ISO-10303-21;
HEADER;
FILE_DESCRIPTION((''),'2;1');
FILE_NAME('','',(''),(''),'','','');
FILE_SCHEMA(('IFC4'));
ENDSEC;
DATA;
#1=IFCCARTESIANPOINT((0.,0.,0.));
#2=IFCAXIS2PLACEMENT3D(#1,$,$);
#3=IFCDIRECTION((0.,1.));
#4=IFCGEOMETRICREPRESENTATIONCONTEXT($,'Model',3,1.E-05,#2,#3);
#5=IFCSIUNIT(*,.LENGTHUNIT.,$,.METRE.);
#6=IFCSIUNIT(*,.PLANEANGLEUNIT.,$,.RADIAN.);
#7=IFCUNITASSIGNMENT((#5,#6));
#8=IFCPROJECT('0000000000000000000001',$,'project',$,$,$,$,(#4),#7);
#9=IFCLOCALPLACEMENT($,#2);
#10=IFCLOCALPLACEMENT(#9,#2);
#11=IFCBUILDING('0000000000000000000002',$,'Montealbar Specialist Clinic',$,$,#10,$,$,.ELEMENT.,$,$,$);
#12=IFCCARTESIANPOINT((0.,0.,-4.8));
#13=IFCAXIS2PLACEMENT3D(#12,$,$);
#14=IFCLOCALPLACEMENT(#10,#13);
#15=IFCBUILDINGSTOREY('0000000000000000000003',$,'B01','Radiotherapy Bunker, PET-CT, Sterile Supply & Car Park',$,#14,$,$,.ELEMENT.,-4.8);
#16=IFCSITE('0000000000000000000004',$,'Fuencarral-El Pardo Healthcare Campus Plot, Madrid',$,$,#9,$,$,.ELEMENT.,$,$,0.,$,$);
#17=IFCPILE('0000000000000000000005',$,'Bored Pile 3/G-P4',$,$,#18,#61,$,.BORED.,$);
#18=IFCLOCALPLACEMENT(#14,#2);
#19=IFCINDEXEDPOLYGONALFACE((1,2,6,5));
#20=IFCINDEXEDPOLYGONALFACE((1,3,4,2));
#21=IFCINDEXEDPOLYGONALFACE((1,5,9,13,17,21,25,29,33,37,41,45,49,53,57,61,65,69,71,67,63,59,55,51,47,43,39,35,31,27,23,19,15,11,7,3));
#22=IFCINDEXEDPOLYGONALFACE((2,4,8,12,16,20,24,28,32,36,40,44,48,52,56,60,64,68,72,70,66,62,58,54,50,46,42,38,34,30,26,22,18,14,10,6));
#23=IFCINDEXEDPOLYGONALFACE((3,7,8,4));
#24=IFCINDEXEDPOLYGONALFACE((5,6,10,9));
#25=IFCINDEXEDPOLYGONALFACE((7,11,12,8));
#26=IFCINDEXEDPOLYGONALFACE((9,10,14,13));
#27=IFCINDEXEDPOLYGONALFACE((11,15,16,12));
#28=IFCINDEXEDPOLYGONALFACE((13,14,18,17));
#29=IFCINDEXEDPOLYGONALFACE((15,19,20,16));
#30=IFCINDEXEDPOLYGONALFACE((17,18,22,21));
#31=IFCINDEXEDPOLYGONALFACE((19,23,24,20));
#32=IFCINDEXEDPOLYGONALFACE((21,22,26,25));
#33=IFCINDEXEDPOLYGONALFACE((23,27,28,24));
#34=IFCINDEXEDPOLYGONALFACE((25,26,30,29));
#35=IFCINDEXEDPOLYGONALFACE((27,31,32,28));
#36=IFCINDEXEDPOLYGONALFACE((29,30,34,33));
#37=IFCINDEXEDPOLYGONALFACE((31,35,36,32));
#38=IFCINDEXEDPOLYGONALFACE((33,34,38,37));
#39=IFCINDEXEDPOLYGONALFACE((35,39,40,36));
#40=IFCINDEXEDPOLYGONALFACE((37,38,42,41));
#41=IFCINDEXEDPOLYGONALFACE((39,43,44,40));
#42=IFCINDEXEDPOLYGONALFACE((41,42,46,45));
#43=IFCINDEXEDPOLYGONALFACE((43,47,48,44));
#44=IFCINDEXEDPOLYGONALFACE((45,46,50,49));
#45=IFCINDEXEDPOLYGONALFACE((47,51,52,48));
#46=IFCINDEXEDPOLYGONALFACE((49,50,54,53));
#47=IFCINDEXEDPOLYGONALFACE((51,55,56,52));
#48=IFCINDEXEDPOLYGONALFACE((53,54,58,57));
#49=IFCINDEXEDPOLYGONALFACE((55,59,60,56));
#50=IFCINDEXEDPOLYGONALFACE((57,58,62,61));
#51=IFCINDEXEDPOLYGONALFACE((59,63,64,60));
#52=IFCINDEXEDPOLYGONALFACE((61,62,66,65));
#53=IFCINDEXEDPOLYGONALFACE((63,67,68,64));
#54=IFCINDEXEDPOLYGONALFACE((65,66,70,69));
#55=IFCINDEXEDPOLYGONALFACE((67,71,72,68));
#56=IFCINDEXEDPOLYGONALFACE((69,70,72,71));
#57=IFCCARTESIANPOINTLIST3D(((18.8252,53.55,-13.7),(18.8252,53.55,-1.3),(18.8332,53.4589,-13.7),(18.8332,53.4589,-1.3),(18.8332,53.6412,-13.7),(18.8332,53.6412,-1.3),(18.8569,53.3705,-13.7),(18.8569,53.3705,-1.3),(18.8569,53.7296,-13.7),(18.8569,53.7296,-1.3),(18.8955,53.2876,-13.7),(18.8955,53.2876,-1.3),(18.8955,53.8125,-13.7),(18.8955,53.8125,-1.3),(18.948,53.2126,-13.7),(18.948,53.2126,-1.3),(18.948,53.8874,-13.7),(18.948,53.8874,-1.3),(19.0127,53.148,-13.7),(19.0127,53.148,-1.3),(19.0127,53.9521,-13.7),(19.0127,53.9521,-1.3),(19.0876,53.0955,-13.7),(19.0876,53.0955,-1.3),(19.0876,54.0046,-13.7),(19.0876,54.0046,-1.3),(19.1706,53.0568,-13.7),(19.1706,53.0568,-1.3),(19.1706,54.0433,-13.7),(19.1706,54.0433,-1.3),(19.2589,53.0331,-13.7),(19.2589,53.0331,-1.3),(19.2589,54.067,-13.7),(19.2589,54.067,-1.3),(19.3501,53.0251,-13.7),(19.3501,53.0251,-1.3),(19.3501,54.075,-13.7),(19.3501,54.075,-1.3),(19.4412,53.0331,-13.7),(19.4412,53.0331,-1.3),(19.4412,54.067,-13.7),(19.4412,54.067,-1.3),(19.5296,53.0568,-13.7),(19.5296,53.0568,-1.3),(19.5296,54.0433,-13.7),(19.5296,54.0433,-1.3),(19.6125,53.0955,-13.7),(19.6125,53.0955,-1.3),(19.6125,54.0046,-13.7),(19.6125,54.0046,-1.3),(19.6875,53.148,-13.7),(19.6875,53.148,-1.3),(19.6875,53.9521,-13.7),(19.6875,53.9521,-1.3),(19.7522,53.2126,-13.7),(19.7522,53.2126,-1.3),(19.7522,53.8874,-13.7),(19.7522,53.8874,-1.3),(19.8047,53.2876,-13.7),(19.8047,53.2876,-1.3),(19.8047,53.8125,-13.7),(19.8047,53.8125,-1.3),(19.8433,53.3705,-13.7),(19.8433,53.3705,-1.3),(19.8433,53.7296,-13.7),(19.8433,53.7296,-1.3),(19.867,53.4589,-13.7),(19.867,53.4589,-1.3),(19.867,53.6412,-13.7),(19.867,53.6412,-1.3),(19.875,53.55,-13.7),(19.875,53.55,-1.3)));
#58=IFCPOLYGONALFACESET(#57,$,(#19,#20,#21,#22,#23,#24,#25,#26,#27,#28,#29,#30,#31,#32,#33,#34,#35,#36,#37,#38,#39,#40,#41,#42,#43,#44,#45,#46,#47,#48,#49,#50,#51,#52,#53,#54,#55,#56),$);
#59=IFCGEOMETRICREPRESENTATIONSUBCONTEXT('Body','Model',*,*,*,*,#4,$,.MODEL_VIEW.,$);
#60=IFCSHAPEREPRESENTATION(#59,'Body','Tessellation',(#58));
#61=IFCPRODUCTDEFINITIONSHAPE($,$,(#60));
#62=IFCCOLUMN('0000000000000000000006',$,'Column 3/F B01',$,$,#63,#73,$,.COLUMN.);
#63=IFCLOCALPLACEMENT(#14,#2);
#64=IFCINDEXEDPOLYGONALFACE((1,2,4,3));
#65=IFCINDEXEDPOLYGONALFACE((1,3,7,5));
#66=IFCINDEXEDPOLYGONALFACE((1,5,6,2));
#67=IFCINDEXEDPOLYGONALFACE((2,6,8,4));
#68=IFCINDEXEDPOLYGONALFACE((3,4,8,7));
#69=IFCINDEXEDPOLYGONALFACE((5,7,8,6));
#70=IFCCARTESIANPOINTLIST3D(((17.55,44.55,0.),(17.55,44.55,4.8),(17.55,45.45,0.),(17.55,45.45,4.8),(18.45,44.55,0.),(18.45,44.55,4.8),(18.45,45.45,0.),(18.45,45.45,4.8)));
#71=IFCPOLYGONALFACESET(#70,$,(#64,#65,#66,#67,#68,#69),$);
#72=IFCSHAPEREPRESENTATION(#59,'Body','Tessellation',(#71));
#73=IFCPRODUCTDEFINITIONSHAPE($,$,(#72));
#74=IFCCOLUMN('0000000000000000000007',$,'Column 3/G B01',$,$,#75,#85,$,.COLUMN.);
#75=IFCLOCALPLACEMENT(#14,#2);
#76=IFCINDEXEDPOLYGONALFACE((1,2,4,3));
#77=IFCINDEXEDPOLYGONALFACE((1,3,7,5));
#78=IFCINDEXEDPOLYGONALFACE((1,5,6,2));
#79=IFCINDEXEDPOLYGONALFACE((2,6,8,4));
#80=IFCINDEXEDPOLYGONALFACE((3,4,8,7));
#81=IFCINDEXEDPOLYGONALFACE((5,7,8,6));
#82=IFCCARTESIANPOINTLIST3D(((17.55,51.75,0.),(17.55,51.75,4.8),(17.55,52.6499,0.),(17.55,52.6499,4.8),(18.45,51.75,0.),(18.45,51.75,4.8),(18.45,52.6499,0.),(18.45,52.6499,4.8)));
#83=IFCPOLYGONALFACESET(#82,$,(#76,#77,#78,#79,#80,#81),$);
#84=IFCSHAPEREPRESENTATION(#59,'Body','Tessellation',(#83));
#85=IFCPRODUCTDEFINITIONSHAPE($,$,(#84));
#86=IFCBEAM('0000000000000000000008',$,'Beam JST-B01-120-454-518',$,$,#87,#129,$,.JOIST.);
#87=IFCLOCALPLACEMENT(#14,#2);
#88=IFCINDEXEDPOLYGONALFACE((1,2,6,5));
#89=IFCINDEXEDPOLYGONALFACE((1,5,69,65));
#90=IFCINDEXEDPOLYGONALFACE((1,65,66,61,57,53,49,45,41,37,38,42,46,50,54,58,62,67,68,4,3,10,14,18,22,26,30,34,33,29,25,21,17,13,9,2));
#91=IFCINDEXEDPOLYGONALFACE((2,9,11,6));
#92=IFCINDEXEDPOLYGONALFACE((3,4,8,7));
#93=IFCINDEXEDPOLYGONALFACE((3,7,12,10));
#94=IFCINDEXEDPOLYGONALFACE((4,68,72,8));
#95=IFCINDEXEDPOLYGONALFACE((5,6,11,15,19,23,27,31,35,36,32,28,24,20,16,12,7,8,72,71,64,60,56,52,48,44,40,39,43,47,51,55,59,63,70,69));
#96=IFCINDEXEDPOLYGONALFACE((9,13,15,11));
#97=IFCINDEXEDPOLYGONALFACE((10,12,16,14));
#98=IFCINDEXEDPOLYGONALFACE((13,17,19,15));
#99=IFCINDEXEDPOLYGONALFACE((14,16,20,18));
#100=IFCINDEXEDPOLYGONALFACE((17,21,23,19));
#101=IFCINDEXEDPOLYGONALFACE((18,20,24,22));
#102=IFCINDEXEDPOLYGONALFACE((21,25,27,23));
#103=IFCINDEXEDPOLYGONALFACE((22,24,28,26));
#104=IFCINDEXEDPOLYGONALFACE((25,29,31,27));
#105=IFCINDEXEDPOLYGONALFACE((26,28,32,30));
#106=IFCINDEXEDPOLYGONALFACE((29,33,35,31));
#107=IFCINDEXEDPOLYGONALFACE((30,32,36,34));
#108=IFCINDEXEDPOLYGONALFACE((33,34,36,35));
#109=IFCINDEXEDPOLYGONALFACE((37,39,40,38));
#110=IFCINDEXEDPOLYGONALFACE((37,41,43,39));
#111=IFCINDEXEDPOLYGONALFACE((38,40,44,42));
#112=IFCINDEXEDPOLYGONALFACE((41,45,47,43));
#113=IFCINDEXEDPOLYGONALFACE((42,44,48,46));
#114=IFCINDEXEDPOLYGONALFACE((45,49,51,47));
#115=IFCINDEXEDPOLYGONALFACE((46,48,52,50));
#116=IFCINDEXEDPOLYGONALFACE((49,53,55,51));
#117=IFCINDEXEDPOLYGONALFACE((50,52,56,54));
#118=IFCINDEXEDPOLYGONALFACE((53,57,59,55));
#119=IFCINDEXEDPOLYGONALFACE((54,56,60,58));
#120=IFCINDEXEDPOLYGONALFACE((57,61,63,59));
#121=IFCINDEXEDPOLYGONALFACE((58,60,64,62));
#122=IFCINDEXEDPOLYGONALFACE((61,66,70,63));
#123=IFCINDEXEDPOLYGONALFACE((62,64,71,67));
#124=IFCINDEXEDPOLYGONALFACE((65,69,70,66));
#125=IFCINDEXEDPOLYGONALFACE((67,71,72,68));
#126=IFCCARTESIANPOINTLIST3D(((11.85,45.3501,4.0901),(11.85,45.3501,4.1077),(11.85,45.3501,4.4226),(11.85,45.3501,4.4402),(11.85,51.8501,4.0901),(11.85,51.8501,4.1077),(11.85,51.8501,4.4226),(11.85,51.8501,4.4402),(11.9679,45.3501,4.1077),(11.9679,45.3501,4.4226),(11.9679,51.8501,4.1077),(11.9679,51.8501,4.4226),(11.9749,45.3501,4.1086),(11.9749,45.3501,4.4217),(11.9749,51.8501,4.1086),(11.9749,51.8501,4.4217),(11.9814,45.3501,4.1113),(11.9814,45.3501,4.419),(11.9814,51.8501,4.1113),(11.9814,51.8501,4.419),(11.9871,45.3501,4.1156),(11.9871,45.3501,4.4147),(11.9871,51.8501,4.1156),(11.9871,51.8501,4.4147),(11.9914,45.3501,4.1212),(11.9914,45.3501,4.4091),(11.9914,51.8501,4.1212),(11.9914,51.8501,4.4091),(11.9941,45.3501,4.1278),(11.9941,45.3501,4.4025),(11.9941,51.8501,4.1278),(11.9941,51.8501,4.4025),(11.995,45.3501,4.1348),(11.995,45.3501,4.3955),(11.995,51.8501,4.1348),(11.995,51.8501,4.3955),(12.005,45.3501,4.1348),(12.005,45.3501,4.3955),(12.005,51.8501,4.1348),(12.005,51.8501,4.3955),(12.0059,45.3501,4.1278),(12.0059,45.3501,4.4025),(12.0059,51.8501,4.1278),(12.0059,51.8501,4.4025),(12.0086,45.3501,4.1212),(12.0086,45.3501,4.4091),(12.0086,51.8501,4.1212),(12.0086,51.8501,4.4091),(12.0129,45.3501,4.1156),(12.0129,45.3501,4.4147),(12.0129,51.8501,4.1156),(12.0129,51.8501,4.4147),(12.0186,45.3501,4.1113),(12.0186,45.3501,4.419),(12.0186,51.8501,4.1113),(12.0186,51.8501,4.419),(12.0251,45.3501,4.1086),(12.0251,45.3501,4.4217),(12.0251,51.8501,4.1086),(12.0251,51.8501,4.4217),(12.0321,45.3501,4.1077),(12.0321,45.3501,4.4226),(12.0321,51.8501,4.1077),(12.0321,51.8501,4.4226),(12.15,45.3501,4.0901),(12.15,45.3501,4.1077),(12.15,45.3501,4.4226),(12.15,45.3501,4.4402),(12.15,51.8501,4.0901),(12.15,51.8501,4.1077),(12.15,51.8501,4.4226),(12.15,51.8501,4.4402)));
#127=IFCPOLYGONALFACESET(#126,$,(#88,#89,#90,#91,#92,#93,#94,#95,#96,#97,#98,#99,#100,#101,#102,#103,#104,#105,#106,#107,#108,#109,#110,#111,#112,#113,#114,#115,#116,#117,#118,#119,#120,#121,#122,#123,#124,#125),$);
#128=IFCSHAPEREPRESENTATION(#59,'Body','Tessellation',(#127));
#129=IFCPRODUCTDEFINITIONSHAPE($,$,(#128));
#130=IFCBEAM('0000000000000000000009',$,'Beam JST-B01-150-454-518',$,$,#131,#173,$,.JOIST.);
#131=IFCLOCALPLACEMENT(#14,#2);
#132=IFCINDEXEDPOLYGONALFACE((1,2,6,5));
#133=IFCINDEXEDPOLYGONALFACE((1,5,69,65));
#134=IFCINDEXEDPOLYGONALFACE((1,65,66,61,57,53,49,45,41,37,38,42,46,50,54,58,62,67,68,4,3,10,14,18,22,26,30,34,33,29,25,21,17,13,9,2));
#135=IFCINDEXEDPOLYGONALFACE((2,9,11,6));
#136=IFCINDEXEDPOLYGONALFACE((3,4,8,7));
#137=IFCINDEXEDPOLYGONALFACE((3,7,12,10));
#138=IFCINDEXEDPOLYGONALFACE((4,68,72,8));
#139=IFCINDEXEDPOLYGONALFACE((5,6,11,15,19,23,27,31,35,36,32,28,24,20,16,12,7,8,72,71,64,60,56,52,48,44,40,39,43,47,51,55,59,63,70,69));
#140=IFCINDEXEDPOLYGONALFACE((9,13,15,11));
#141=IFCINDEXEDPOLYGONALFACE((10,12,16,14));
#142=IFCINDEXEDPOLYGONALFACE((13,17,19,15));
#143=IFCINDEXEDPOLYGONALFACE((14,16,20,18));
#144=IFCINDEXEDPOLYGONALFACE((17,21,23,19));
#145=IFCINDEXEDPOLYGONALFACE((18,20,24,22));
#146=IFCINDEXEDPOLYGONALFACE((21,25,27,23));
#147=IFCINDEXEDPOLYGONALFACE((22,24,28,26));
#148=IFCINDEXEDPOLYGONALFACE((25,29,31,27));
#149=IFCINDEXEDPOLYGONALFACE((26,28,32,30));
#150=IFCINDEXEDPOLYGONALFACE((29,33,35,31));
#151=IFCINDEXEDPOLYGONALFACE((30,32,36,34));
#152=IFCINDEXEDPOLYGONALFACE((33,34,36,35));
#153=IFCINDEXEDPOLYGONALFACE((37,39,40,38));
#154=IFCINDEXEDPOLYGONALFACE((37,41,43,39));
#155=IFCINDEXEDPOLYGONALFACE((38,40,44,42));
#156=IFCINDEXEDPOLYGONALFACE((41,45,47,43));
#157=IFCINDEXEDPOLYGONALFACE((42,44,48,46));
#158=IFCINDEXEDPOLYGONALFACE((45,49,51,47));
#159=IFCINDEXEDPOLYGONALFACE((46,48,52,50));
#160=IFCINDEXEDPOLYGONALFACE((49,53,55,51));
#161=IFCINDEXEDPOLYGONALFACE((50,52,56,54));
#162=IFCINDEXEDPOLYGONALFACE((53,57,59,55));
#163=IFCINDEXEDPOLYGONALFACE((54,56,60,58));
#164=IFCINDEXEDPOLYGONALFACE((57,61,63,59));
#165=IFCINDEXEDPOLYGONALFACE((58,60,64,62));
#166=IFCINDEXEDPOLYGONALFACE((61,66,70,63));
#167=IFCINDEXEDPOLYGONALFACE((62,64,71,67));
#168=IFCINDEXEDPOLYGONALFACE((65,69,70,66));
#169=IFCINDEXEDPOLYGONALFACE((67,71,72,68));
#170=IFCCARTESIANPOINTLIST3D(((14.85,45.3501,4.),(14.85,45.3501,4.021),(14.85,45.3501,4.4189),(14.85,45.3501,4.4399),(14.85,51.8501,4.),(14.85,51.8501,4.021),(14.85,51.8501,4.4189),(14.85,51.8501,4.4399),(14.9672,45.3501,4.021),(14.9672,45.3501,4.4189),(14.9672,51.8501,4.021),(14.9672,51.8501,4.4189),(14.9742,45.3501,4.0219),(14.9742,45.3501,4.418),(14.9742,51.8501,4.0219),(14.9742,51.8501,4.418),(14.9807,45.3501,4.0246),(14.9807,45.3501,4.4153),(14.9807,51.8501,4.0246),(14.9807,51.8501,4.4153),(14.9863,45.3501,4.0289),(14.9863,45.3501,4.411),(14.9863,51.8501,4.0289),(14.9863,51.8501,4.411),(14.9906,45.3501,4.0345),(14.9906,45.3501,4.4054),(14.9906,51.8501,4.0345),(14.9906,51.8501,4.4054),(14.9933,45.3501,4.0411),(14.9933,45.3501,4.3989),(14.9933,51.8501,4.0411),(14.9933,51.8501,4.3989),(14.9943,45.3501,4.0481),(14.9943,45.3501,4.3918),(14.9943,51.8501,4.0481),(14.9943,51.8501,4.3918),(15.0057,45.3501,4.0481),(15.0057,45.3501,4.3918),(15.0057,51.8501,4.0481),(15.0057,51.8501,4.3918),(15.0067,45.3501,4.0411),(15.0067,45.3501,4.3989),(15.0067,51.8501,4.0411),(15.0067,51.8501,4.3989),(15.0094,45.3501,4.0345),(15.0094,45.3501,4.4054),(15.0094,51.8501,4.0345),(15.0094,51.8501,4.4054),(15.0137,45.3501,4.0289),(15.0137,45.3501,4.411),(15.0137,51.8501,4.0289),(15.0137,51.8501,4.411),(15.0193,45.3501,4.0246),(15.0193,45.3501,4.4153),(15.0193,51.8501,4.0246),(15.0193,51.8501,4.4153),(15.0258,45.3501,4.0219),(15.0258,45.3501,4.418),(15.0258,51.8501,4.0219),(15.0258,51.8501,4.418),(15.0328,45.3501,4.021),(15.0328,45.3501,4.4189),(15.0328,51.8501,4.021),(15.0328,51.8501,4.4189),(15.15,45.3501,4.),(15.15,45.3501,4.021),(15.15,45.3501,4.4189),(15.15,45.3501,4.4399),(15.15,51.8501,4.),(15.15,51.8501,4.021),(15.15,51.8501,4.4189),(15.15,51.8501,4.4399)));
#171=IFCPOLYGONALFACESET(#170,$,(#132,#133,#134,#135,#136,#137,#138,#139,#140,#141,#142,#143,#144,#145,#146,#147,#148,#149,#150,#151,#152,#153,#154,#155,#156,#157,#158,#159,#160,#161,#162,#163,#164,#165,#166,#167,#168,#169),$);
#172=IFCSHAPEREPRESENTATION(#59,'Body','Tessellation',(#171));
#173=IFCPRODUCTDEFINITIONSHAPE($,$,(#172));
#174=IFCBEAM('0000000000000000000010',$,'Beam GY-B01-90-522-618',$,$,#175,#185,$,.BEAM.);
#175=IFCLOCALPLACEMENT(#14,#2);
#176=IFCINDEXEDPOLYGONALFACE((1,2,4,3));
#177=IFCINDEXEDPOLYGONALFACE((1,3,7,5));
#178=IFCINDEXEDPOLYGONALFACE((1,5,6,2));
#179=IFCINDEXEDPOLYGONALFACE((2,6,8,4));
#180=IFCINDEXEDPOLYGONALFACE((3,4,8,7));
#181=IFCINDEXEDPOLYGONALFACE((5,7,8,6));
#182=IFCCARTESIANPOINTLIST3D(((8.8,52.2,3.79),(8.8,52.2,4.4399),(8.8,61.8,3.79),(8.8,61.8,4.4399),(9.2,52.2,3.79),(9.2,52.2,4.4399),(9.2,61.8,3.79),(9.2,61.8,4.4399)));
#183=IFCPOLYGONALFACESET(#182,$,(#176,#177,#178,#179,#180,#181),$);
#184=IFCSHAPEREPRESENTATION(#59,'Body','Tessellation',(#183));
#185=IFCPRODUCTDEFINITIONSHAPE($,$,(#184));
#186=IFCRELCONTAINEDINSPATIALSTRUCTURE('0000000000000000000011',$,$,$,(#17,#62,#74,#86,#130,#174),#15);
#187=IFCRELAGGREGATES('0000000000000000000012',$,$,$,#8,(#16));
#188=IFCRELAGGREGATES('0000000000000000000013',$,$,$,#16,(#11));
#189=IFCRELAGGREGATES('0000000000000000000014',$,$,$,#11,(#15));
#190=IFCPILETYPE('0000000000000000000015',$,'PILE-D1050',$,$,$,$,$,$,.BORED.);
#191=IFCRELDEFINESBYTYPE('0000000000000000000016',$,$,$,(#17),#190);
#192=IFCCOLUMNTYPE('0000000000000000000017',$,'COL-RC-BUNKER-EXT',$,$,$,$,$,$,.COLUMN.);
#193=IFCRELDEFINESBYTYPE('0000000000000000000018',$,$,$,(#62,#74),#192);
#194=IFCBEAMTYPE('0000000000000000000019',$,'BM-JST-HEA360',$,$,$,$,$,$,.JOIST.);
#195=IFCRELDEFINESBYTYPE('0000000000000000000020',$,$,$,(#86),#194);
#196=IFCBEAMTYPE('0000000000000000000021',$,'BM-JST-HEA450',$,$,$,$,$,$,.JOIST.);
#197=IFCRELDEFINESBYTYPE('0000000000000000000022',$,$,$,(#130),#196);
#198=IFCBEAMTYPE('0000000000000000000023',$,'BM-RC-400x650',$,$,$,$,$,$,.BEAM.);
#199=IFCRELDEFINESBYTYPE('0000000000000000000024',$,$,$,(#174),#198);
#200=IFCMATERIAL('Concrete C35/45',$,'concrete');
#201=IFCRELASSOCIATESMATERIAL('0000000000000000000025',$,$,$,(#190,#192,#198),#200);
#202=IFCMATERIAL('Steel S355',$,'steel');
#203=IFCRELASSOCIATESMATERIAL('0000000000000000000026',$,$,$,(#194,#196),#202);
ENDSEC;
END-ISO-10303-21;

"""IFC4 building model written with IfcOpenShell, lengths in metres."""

from ifc_helpers import new_model, si_unit, direction, frame, origin, origin_2d, place, context, subcontext, project, spatial, rectangle, circle, i_section, extrude, material, material_profile, profile_set, type_object, element, save


model = new_model("IFC4")

# Units and contexts
model_context = context("Model", 3, precision=1e-05, world=origin(), true_north=direction((0.0, 1.0)))
body_context = subcontext(model_context, "Body", "Model", "MODEL_VIEW")
ifc_project = project(units=[si_unit("LENGTHUNIT", "METRE"), si_unit("PLANEANGLEUNIT", "RADIAN")], contexts=[model_context])

# Site, building, storey
site_placement = place(None, origin())
site = spatial("IfcSite", under=ifc_project, at=site_placement, Name="Fuencarral-El Pardo Healthcare Campus Plot, Madrid", CompositionType="ELEMENT", RefElevation=0.0)
building_placement = place(site_placement, origin())
building = spatial("IfcBuilding", under=site, at=building_placement, Name="Montealbar Specialist Clinic", CompositionType="ELEMENT")
storey_placement = place(building_placement, frame((0.0, 0.0, -4.8)))
storey = spatial("IfcBuildingStorey", under=building, at=storey_placement, Name="B01", Description="Radiotherapy Bunker, PET-CT, Sterile Supply & Car Park", CompositionType="ELEMENT", Elevation=-4.8)

# Shared definitions
ifc_material_1 = material(Name="Concrete C35/45", Category="concrete")

# Pile
ifc_material_profile_1 = material_profile(ifc_material_1, circle(Radius=0.5249, at=origin_2d()), Name="PILE D1050", Category="concrete")
ifc_profile_set_1 = profile_set([ifc_material_profile_1], Name="Concrete C35/45")
pile_type = type_object("IfcPileType", Name="PILE-D1050", PredefinedType="BORED", material=ifc_profile_set_1)
for number, where, z_axis, x_axis, name in (
    (1, (19.3501, 53.55, -1.3), (0.0, 0.0, -1.0), (1.0, 0.0, 0.0), "Bored Pile 3/G-P4"),
):
    element("IfcPile", number, at=place(storey_placement, frame(where, z_axis=z_axis, x_axis=x_axis)), inside=storey, type_object=pile_type, Name=name, PredefinedType="BORED", context=body_context, shape_type="SweptSolid", body=[
        extrude(circle(Radius=0.5249, at=origin_2d()), origin(), (0.0, 0.0, 1.0), 12.3999),
    ])

# Columns
ifc_material_profile_2 = material_profile(ifc_material_1, rectangle(XDim=0.8999, YDim=0.8999, at=origin_2d()), Name="RC 900x900", Category="concrete")
ifc_profile_set_2 = profile_set([ifc_material_profile_2], Name="Concrete C35/45")
column_type = type_object("IfcColumnType", Name="COL-RC-BUNKER-EXT", PredefinedType="COLUMN", material=ifc_profile_set_2)
for number, where, z_axis, x_axis, name in (
    (2, (18.0, 45.0, 0.0), (0.0, 0.0, 1.0), (1.0, 0.0, 0.0), "Column 3/F B01"),
    (3, (18.0, 52.2, 0.0), (0.0, 0.0, 1.0), (1.0, 0.0, 0.0), "Column 3/G B01"),
):
    element("IfcColumn", number, at=place(storey_placement, frame(where, z_axis=z_axis, x_axis=x_axis)), inside=storey, type_object=column_type, Name=name, PredefinedType="COLUMN", context=body_context, shape_type="SweptSolid", body=[
        extrude(rectangle(XDim=0.8999, YDim=0.8999, at=origin_2d()), origin(), (0.0, 0.0, 1.0), 4.8),
    ])

# Beams
ifc_material_2 = material(Name="Steel S355", Category="steel")
ifc_material_profile_3 = material_profile(ifc_material_2, i_section(OverallWidth=0.3, OverallDepth=0.3501, WebThickness=0.01, FlangeThickness=0.0176, FilletRadius=0.0271, at=origin_2d()), Name="HEA 360", Category="steel")
ifc_profile_set_3 = profile_set([ifc_material_profile_3], Name="Steel S355")
beam_type_1 = type_object("IfcBeamType", Name="BM-JST-HEA360", PredefinedType="JOIST", material=ifc_profile_set_3)
beam_1_placement = place(storey_placement, frame((12.0, 45.3501, 4.2651), z_axis=(0.0, 1.0, 0.0), x_axis=(-1.0, 0.0, 0.0)))
element("IfcBeam", 4, at=beam_1_placement, inside=storey, type_object=beam_type_1, Name="Beam JST-B01-120-454-518", PredefinedType="JOIST", context=body_context, shape_type="SweptSolid", body=[
    extrude(i_section(OverallWidth=0.3, OverallDepth=0.3501, WebThickness=0.01, FlangeThickness=0.0176, FilletRadius=0.0271, at=origin_2d()), origin(), (0.0, 0.0, 1.0), 6.5),
])
ifc_material_profile_4 = material_profile(ifc_material_2, i_section(OverallWidth=0.3, OverallDepth=0.4399, WebThickness=0.0115, FlangeThickness=0.021, FilletRadius=0.0271, at=origin_2d()), Name="HEA 450", Category="steel")
ifc_profile_set_4 = profile_set([ifc_material_profile_4], Name="Steel S355")
beam_type_2 = type_object("IfcBeamType", Name="BM-JST-HEA450", PredefinedType="JOIST", material=ifc_profile_set_4)
beam_2_placement = place(storey_placement, frame((15.0, 45.3501, 4.22), z_axis=(0.0, 1.0, 0.0), x_axis=(-1.0, 0.0, 0.0)))
element("IfcBeam", 5, at=beam_2_placement, inside=storey, type_object=beam_type_2, Name="Beam JST-B01-150-454-518", PredefinedType="JOIST", context=body_context, shape_type="SweptSolid", body=[
    extrude(i_section(OverallWidth=0.3, OverallDepth=0.4399, WebThickness=0.0115, FlangeThickness=0.021, FilletRadius=0.0271, at=origin_2d()), origin(), (0.0, 0.0, 1.0), 6.5),
])
ifc_material_profile_5 = material_profile(ifc_material_1, rectangle(XDim=0.3999, YDim=0.6499, at=origin_2d()), Name="RC 400x650", Category="concrete")
ifc_profile_set_5 = profile_set([ifc_material_profile_5], Name="Concrete C35/45")
beam_type_3 = type_object("IfcBeamType", Name="BM-RC-400x650", PredefinedType="BEAM", material=ifc_profile_set_5)
beam_3_placement = place(storey_placement, frame((9.0, 52.2, 4.115), z_axis=(0.0, 1.0, 0.0), x_axis=(-1.0, 0.0, 0.0)))
element("IfcBeam", 6, at=beam_3_placement, inside=storey, type_object=beam_type_3, Name="Beam GY-B01-90-522-618", PredefinedType="BEAM", context=body_context, shape_type="SweptSolid", body=[
    extrude(rectangle(XDim=0.3999, YDim=0.6499, at=origin_2d()), origin(), (0.0, 0.0, 1.0), 9.6001),
])

save(model, "model.ifc")
